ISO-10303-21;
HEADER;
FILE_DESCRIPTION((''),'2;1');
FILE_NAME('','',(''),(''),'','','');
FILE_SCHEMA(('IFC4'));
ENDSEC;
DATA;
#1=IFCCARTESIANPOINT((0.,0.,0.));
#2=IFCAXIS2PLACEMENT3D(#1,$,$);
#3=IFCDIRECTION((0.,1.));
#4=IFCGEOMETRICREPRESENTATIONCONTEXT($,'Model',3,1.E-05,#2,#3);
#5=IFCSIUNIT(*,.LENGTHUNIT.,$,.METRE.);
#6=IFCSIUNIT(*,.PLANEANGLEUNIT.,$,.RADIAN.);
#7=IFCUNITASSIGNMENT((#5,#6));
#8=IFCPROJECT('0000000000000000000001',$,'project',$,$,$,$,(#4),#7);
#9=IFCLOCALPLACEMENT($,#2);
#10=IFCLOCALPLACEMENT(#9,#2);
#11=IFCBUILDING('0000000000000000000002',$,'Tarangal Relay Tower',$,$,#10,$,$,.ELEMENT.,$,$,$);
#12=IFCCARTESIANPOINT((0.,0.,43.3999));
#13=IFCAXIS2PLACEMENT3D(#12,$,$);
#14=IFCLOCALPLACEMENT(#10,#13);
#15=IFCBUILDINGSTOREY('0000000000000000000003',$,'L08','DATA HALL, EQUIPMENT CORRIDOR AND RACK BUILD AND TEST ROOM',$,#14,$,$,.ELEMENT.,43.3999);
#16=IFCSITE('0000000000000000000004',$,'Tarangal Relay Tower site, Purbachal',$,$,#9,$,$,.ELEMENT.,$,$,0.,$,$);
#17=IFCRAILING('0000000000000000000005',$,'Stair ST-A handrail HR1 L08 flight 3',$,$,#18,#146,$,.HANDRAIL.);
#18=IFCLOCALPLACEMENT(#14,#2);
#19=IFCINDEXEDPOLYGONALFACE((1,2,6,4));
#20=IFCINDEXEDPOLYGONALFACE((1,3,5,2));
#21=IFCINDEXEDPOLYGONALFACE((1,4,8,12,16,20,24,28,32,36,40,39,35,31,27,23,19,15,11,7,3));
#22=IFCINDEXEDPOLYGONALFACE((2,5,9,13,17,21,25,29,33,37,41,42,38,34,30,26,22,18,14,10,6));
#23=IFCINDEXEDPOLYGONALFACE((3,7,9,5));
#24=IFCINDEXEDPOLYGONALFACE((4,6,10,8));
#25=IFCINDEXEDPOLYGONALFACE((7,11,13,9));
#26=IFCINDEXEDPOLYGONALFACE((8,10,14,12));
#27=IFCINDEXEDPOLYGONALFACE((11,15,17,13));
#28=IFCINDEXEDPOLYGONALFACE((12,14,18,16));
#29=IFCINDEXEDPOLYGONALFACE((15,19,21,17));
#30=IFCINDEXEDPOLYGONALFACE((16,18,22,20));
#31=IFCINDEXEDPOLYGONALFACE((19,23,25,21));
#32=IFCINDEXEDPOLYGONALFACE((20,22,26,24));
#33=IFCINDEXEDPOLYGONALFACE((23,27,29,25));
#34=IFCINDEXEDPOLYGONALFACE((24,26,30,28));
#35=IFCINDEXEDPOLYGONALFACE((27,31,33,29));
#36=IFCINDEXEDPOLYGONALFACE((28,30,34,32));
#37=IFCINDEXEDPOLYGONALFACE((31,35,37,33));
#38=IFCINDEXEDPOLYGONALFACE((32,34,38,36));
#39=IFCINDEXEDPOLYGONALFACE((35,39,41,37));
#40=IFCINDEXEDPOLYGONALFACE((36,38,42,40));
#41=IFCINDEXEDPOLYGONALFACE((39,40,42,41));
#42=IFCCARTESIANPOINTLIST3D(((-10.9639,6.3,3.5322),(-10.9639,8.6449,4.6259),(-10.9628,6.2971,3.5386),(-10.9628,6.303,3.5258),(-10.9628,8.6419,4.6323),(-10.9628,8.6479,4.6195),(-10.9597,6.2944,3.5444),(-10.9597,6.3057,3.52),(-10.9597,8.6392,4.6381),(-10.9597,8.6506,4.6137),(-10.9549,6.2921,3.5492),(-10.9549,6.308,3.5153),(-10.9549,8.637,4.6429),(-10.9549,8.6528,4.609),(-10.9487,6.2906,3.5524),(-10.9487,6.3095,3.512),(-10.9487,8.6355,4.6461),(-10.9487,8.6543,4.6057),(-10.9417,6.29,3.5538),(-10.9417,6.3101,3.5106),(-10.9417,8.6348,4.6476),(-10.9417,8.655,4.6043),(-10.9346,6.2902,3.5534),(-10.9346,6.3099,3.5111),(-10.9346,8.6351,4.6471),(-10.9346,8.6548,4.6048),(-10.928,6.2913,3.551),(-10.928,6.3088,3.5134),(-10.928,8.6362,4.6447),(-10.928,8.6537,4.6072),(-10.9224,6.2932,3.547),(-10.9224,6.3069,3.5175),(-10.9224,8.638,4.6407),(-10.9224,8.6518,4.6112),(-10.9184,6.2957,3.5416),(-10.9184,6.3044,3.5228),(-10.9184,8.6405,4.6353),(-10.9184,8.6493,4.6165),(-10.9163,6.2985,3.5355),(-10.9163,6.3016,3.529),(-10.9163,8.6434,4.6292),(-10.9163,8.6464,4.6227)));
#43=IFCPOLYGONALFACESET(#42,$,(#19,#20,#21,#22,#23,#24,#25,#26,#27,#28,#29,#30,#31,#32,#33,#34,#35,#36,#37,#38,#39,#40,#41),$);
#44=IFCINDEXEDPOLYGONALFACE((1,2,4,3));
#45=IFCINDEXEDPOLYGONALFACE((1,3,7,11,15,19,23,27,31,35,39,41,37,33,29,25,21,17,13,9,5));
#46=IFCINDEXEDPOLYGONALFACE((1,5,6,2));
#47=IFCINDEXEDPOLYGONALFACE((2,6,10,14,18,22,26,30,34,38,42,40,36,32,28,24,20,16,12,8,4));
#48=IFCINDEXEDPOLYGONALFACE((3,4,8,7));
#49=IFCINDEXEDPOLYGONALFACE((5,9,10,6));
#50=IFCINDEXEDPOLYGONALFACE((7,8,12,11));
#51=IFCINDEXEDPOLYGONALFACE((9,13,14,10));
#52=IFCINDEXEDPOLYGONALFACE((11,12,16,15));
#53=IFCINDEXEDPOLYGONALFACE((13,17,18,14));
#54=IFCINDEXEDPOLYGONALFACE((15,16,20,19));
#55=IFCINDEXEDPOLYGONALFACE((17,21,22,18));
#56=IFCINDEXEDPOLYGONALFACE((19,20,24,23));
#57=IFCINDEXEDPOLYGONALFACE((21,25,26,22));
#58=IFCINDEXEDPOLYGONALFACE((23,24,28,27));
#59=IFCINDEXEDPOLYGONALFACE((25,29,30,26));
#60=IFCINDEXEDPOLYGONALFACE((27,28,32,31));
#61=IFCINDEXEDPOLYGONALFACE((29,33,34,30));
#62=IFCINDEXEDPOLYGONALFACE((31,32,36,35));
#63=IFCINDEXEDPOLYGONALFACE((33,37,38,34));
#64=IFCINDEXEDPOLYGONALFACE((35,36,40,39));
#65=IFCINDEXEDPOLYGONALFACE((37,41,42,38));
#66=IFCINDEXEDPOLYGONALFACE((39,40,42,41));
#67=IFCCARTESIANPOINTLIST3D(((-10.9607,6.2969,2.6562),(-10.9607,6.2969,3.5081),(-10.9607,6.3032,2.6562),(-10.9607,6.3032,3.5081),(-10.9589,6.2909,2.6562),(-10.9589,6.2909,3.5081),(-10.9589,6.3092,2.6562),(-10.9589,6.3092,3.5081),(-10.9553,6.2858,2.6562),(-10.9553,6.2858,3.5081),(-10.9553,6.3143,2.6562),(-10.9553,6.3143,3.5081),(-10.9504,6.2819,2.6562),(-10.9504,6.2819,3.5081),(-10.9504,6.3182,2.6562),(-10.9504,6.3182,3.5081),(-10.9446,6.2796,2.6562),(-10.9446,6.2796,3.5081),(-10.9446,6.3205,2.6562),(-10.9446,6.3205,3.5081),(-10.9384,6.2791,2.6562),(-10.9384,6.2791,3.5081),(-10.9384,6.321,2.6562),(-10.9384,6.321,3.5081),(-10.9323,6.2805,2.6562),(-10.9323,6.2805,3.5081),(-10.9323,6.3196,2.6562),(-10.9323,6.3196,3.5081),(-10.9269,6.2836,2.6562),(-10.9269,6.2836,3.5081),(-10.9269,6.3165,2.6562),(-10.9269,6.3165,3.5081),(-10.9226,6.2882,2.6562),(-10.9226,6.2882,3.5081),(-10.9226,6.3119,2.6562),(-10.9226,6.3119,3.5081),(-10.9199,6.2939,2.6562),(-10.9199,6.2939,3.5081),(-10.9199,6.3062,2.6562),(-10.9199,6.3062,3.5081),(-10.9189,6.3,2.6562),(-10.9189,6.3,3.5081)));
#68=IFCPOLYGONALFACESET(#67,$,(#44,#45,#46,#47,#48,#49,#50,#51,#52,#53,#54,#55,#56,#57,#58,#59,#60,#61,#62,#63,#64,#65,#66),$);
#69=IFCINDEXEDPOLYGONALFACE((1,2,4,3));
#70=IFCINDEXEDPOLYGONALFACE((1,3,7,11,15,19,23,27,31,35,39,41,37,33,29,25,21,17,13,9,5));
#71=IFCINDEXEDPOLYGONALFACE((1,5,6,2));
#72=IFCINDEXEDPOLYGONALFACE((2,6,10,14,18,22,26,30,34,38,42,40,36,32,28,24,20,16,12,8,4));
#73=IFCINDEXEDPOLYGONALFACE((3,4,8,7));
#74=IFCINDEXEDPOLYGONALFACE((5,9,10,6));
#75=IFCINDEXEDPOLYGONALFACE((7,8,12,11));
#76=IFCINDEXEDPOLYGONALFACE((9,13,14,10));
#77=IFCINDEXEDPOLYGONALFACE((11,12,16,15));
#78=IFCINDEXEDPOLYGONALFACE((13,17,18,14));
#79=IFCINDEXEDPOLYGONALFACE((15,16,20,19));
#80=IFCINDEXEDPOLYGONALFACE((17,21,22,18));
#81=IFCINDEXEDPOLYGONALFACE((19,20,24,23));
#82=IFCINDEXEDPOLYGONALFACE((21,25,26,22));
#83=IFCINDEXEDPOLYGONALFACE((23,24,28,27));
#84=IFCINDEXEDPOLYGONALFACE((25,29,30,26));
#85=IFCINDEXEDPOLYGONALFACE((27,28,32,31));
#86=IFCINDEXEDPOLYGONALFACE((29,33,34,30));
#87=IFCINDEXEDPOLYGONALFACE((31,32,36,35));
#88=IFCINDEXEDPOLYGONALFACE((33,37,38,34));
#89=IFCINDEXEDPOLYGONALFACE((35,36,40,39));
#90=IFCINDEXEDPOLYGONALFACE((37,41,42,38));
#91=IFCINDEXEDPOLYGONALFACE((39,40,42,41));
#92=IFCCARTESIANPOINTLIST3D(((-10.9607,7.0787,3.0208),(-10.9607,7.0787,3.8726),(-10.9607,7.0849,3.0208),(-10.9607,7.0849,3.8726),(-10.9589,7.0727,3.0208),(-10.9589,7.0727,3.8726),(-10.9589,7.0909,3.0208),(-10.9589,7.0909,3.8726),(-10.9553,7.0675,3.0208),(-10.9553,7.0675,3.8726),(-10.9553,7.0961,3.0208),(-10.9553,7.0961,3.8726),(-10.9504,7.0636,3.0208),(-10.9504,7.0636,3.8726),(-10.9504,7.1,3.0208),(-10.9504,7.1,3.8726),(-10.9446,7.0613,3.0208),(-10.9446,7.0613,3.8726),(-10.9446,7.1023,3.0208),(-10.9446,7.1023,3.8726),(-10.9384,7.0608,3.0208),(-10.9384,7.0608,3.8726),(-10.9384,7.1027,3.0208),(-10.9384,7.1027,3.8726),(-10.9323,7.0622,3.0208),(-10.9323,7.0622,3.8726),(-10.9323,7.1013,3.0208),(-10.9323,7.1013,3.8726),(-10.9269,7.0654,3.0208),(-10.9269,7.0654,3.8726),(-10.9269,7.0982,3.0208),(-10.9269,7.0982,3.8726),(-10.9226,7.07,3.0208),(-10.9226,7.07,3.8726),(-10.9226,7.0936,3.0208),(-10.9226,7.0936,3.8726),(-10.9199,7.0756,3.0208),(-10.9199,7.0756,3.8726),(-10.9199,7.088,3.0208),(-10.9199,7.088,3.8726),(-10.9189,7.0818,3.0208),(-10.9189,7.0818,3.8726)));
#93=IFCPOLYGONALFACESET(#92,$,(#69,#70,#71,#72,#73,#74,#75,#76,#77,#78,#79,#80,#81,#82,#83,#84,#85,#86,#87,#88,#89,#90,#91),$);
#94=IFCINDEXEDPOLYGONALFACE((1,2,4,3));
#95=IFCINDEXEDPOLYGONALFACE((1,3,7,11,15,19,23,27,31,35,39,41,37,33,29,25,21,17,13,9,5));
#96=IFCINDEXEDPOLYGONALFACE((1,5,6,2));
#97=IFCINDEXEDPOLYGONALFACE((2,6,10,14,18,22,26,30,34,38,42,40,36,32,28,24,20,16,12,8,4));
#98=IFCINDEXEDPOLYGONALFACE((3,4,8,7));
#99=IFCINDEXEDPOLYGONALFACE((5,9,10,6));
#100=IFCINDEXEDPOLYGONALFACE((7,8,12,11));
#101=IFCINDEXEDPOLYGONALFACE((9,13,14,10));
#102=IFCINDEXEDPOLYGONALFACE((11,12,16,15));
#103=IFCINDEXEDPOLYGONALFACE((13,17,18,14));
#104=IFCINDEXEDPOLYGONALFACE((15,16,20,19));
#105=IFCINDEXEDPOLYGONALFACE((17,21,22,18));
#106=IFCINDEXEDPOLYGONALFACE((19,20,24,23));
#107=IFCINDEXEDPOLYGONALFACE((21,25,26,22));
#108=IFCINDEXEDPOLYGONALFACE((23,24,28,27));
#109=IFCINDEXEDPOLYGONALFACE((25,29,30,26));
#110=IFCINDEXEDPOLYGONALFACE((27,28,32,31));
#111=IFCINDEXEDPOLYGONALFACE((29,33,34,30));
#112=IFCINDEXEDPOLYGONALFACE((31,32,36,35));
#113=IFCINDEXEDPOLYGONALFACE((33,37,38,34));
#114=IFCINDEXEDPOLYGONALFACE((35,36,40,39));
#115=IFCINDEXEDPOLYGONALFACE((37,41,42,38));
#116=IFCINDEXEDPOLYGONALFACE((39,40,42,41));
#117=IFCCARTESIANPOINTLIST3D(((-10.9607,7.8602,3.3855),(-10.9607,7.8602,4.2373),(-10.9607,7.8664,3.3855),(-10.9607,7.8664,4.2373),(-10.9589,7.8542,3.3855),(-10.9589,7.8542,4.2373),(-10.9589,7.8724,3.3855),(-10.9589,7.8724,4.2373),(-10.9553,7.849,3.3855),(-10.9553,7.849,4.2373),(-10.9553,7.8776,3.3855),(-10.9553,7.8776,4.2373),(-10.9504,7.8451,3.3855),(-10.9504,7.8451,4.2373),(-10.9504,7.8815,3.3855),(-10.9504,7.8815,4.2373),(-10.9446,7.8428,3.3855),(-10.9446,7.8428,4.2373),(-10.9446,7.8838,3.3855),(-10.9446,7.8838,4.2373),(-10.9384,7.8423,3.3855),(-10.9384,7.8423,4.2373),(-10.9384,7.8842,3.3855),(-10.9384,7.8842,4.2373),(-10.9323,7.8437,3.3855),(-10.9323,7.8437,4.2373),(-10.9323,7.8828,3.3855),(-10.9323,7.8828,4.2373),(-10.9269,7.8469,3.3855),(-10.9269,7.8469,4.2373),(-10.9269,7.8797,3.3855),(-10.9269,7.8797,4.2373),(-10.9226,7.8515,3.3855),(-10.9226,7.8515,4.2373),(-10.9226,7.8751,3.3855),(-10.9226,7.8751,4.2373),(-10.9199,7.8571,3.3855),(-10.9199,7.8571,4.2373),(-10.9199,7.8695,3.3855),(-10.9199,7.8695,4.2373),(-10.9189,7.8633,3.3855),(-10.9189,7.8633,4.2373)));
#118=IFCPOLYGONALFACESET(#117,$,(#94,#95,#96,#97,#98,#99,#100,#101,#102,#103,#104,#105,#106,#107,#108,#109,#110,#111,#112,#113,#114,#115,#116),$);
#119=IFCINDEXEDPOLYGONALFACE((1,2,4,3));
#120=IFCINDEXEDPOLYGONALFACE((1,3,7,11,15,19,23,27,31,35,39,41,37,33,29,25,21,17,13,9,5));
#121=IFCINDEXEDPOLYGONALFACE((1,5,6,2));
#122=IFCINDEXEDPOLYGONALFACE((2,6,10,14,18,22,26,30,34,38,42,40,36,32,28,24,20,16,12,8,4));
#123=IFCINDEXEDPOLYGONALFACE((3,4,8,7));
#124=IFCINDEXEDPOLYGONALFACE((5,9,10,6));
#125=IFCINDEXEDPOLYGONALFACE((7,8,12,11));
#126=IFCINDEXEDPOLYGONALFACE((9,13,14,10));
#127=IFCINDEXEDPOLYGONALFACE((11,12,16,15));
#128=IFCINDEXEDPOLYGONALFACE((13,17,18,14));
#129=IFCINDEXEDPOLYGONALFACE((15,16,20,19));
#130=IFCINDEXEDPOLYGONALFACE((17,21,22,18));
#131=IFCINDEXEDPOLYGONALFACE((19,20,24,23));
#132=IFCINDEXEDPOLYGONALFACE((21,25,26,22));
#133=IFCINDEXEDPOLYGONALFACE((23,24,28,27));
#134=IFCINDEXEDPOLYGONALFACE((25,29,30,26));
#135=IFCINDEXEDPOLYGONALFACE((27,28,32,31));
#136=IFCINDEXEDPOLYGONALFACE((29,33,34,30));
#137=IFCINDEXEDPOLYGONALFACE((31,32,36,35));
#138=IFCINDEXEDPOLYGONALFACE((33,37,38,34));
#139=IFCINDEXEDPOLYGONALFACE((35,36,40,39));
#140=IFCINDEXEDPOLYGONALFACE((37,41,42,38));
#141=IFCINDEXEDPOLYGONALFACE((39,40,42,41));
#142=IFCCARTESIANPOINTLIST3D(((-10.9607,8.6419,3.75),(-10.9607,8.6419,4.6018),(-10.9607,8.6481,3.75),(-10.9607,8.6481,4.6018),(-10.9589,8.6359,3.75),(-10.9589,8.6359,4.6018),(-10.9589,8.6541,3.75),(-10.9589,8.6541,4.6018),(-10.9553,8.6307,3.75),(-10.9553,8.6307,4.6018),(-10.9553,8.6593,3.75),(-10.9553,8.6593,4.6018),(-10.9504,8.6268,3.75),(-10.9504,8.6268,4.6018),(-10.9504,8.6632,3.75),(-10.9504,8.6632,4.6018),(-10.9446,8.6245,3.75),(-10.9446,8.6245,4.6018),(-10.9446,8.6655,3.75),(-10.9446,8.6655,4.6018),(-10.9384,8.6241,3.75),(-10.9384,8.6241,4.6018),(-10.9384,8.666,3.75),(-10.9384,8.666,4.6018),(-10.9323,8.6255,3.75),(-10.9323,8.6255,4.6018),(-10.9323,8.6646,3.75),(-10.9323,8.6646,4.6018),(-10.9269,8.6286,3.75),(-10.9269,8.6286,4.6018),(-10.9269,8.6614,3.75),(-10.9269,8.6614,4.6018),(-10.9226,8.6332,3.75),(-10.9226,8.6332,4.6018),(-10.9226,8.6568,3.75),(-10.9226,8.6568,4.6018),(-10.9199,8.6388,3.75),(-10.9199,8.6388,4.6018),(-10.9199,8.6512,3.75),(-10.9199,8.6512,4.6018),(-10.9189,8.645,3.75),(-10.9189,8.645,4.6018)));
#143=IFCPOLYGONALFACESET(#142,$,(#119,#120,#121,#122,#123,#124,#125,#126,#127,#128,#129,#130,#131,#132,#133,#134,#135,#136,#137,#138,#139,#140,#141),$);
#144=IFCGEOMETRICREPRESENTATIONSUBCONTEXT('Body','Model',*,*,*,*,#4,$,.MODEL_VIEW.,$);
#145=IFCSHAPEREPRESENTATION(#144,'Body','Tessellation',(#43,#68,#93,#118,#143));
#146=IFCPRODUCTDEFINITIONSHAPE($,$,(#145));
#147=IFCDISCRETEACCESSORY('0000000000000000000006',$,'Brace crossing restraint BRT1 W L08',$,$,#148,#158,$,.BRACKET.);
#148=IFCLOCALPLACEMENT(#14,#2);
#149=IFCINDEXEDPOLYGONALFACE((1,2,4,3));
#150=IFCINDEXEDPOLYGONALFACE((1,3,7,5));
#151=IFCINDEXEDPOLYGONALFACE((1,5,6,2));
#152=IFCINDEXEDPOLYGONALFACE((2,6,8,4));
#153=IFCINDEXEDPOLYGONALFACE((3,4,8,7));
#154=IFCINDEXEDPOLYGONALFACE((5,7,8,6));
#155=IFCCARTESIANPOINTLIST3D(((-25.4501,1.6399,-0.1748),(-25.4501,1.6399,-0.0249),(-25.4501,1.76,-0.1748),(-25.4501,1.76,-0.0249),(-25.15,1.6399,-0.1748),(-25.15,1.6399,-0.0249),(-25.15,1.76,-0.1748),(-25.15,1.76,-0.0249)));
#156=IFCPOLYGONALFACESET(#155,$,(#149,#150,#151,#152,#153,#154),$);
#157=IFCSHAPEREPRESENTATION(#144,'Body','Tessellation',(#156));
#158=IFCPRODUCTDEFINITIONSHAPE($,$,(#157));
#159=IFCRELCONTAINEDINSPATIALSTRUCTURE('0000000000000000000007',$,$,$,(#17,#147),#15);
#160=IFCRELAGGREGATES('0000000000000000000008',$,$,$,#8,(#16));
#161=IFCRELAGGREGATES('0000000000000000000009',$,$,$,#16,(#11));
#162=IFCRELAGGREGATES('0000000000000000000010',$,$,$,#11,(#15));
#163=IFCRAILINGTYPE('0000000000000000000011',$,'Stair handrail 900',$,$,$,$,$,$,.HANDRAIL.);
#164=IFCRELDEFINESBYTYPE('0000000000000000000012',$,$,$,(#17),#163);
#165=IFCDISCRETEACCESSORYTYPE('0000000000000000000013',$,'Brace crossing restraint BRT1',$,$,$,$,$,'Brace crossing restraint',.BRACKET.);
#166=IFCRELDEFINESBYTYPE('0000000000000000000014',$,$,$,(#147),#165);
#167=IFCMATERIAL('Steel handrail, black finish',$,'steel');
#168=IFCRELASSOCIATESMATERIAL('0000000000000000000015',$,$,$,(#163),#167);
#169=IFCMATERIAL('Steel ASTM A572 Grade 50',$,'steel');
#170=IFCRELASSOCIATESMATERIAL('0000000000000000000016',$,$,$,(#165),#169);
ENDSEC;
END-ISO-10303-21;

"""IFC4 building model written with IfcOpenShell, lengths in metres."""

from ifc_helpers import new_model, si_unit, direction, frame, origin, origin_2d, place, context, subcontext, project, spatial, rectangle, circle, extrude, material, type_object, element, save


model = new_model("IFC4")

# Units and contexts
model_context = context("Model", 3, precision=1e-05, world=origin(), true_north=direction((0.0, 1.0)))
body_context = subcontext(model_context, "Body", "Model", "MODEL_VIEW")
ifc_project = project(units=[si_unit("LENGTHUNIT", "METRE"), si_unit("PLANEANGLEUNIT", "RADIAN")], contexts=[model_context])

# Site, building, storey
site_placement = place(None, origin())
site = spatial("IfcSite", under=ifc_project, at=site_placement, Name="Tarangal Relay Tower site, Purbachal", CompositionType="ELEMENT", RefElevation=0.0)
building_placement = place(site_placement, origin())
building = spatial("IfcBuilding", under=site, at=building_placement, Name="Tarangal Relay Tower", CompositionType="ELEMENT")
storey_placement = place(building_placement, frame((0.0, 0.0, 43.3999)))
storey = spatial("IfcBuildingStorey", under=building, at=storey_placement, Name="L08", Description="DATA HALL, EQUIPMENT CORRIDOR AND RACK BUILD AND TEST ROOM", CompositionType="ELEMENT", Elevation=43.3999)

# Shared definitions
ifc_material_1 = material(Name="Steel ASTM A572 Grade 50", Category="steel")

# Railing
ifc_material_2 = material(Name="Steel handrail, black finish", Category="steel")
railing_type = type_object("IfcRailingType", Name="Stair handrail 900", PredefinedType="HANDRAIL", material=ifc_material_2)
for number, where, name in (
    (1, (-10.9399, 6.3, 2.6562), "Stair ST-A handrail HR1 L08 flight 3"),
):
    element("IfcRailing", number, at=place(storey_placement, frame(where)), inside=storey, type_object=railing_type, Name=name, PredefinedType="HANDRAIL", context=body_context, shape_type="SweptSolid", body=[
        extrude(circle(Radius=0.0239, at=origin_2d()), frame((0.0, 0.0, 0.876), z_axis=(0.0, 0.906267, 0.422705), x_axis=(-1.0, 0.0, 0.0)), (0.0, 0.0, 1.0), 2.5874),
        extrude(circle(Radius=0.021, at=origin_2d()), origin(), (0.0, 0.0, 1.0), 0.8518),
        extrude(circle(Radius=0.021, at=origin_2d()), frame((0.0, 0.7817, 0.3645)), (0.0, 0.0, 1.0), 0.8518),
        extrude(circle(Radius=0.021, at=origin_2d()), frame((0.0, 1.5632, 0.7292)), (0.0, 0.0, 1.0), 0.8518),
        extrude(circle(Radius=0.021, at=origin_2d()), frame((0.0, 2.345, 1.0938)), (0.0, 0.0, 1.0), 0.8518),
    ])

# Discrete accessory
discrete_accessory_type = type_object("IfcDiscreteAccessoryType", Name="Brace crossing restraint BRT1", ElementType="Brace crossing restraint", PredefinedType="BRACKET", material=ifc_material_1)
discrete_accessory_placement = place(storey_placement, frame((-25.3, 1.7, -0.1748), z_axis=(0.0, 0.0, 1.0), x_axis=(1.0, 0.0, 0.0)))
element("IfcDiscreteAccessory", 2, at=discrete_accessory_placement, inside=storey, type_object=discrete_accessory_type, Name="Brace crossing restraint BRT1 W L08", PredefinedType="BRACKET", context=body_context, shape_type="SweptSolid", body=[
    extrude(rectangle(XDim=0.3, YDim=0.1201, at=origin_2d()), origin(), (0.0, 0.0, 1.0), 0.1499),
])

save(model, "model.ifc")
